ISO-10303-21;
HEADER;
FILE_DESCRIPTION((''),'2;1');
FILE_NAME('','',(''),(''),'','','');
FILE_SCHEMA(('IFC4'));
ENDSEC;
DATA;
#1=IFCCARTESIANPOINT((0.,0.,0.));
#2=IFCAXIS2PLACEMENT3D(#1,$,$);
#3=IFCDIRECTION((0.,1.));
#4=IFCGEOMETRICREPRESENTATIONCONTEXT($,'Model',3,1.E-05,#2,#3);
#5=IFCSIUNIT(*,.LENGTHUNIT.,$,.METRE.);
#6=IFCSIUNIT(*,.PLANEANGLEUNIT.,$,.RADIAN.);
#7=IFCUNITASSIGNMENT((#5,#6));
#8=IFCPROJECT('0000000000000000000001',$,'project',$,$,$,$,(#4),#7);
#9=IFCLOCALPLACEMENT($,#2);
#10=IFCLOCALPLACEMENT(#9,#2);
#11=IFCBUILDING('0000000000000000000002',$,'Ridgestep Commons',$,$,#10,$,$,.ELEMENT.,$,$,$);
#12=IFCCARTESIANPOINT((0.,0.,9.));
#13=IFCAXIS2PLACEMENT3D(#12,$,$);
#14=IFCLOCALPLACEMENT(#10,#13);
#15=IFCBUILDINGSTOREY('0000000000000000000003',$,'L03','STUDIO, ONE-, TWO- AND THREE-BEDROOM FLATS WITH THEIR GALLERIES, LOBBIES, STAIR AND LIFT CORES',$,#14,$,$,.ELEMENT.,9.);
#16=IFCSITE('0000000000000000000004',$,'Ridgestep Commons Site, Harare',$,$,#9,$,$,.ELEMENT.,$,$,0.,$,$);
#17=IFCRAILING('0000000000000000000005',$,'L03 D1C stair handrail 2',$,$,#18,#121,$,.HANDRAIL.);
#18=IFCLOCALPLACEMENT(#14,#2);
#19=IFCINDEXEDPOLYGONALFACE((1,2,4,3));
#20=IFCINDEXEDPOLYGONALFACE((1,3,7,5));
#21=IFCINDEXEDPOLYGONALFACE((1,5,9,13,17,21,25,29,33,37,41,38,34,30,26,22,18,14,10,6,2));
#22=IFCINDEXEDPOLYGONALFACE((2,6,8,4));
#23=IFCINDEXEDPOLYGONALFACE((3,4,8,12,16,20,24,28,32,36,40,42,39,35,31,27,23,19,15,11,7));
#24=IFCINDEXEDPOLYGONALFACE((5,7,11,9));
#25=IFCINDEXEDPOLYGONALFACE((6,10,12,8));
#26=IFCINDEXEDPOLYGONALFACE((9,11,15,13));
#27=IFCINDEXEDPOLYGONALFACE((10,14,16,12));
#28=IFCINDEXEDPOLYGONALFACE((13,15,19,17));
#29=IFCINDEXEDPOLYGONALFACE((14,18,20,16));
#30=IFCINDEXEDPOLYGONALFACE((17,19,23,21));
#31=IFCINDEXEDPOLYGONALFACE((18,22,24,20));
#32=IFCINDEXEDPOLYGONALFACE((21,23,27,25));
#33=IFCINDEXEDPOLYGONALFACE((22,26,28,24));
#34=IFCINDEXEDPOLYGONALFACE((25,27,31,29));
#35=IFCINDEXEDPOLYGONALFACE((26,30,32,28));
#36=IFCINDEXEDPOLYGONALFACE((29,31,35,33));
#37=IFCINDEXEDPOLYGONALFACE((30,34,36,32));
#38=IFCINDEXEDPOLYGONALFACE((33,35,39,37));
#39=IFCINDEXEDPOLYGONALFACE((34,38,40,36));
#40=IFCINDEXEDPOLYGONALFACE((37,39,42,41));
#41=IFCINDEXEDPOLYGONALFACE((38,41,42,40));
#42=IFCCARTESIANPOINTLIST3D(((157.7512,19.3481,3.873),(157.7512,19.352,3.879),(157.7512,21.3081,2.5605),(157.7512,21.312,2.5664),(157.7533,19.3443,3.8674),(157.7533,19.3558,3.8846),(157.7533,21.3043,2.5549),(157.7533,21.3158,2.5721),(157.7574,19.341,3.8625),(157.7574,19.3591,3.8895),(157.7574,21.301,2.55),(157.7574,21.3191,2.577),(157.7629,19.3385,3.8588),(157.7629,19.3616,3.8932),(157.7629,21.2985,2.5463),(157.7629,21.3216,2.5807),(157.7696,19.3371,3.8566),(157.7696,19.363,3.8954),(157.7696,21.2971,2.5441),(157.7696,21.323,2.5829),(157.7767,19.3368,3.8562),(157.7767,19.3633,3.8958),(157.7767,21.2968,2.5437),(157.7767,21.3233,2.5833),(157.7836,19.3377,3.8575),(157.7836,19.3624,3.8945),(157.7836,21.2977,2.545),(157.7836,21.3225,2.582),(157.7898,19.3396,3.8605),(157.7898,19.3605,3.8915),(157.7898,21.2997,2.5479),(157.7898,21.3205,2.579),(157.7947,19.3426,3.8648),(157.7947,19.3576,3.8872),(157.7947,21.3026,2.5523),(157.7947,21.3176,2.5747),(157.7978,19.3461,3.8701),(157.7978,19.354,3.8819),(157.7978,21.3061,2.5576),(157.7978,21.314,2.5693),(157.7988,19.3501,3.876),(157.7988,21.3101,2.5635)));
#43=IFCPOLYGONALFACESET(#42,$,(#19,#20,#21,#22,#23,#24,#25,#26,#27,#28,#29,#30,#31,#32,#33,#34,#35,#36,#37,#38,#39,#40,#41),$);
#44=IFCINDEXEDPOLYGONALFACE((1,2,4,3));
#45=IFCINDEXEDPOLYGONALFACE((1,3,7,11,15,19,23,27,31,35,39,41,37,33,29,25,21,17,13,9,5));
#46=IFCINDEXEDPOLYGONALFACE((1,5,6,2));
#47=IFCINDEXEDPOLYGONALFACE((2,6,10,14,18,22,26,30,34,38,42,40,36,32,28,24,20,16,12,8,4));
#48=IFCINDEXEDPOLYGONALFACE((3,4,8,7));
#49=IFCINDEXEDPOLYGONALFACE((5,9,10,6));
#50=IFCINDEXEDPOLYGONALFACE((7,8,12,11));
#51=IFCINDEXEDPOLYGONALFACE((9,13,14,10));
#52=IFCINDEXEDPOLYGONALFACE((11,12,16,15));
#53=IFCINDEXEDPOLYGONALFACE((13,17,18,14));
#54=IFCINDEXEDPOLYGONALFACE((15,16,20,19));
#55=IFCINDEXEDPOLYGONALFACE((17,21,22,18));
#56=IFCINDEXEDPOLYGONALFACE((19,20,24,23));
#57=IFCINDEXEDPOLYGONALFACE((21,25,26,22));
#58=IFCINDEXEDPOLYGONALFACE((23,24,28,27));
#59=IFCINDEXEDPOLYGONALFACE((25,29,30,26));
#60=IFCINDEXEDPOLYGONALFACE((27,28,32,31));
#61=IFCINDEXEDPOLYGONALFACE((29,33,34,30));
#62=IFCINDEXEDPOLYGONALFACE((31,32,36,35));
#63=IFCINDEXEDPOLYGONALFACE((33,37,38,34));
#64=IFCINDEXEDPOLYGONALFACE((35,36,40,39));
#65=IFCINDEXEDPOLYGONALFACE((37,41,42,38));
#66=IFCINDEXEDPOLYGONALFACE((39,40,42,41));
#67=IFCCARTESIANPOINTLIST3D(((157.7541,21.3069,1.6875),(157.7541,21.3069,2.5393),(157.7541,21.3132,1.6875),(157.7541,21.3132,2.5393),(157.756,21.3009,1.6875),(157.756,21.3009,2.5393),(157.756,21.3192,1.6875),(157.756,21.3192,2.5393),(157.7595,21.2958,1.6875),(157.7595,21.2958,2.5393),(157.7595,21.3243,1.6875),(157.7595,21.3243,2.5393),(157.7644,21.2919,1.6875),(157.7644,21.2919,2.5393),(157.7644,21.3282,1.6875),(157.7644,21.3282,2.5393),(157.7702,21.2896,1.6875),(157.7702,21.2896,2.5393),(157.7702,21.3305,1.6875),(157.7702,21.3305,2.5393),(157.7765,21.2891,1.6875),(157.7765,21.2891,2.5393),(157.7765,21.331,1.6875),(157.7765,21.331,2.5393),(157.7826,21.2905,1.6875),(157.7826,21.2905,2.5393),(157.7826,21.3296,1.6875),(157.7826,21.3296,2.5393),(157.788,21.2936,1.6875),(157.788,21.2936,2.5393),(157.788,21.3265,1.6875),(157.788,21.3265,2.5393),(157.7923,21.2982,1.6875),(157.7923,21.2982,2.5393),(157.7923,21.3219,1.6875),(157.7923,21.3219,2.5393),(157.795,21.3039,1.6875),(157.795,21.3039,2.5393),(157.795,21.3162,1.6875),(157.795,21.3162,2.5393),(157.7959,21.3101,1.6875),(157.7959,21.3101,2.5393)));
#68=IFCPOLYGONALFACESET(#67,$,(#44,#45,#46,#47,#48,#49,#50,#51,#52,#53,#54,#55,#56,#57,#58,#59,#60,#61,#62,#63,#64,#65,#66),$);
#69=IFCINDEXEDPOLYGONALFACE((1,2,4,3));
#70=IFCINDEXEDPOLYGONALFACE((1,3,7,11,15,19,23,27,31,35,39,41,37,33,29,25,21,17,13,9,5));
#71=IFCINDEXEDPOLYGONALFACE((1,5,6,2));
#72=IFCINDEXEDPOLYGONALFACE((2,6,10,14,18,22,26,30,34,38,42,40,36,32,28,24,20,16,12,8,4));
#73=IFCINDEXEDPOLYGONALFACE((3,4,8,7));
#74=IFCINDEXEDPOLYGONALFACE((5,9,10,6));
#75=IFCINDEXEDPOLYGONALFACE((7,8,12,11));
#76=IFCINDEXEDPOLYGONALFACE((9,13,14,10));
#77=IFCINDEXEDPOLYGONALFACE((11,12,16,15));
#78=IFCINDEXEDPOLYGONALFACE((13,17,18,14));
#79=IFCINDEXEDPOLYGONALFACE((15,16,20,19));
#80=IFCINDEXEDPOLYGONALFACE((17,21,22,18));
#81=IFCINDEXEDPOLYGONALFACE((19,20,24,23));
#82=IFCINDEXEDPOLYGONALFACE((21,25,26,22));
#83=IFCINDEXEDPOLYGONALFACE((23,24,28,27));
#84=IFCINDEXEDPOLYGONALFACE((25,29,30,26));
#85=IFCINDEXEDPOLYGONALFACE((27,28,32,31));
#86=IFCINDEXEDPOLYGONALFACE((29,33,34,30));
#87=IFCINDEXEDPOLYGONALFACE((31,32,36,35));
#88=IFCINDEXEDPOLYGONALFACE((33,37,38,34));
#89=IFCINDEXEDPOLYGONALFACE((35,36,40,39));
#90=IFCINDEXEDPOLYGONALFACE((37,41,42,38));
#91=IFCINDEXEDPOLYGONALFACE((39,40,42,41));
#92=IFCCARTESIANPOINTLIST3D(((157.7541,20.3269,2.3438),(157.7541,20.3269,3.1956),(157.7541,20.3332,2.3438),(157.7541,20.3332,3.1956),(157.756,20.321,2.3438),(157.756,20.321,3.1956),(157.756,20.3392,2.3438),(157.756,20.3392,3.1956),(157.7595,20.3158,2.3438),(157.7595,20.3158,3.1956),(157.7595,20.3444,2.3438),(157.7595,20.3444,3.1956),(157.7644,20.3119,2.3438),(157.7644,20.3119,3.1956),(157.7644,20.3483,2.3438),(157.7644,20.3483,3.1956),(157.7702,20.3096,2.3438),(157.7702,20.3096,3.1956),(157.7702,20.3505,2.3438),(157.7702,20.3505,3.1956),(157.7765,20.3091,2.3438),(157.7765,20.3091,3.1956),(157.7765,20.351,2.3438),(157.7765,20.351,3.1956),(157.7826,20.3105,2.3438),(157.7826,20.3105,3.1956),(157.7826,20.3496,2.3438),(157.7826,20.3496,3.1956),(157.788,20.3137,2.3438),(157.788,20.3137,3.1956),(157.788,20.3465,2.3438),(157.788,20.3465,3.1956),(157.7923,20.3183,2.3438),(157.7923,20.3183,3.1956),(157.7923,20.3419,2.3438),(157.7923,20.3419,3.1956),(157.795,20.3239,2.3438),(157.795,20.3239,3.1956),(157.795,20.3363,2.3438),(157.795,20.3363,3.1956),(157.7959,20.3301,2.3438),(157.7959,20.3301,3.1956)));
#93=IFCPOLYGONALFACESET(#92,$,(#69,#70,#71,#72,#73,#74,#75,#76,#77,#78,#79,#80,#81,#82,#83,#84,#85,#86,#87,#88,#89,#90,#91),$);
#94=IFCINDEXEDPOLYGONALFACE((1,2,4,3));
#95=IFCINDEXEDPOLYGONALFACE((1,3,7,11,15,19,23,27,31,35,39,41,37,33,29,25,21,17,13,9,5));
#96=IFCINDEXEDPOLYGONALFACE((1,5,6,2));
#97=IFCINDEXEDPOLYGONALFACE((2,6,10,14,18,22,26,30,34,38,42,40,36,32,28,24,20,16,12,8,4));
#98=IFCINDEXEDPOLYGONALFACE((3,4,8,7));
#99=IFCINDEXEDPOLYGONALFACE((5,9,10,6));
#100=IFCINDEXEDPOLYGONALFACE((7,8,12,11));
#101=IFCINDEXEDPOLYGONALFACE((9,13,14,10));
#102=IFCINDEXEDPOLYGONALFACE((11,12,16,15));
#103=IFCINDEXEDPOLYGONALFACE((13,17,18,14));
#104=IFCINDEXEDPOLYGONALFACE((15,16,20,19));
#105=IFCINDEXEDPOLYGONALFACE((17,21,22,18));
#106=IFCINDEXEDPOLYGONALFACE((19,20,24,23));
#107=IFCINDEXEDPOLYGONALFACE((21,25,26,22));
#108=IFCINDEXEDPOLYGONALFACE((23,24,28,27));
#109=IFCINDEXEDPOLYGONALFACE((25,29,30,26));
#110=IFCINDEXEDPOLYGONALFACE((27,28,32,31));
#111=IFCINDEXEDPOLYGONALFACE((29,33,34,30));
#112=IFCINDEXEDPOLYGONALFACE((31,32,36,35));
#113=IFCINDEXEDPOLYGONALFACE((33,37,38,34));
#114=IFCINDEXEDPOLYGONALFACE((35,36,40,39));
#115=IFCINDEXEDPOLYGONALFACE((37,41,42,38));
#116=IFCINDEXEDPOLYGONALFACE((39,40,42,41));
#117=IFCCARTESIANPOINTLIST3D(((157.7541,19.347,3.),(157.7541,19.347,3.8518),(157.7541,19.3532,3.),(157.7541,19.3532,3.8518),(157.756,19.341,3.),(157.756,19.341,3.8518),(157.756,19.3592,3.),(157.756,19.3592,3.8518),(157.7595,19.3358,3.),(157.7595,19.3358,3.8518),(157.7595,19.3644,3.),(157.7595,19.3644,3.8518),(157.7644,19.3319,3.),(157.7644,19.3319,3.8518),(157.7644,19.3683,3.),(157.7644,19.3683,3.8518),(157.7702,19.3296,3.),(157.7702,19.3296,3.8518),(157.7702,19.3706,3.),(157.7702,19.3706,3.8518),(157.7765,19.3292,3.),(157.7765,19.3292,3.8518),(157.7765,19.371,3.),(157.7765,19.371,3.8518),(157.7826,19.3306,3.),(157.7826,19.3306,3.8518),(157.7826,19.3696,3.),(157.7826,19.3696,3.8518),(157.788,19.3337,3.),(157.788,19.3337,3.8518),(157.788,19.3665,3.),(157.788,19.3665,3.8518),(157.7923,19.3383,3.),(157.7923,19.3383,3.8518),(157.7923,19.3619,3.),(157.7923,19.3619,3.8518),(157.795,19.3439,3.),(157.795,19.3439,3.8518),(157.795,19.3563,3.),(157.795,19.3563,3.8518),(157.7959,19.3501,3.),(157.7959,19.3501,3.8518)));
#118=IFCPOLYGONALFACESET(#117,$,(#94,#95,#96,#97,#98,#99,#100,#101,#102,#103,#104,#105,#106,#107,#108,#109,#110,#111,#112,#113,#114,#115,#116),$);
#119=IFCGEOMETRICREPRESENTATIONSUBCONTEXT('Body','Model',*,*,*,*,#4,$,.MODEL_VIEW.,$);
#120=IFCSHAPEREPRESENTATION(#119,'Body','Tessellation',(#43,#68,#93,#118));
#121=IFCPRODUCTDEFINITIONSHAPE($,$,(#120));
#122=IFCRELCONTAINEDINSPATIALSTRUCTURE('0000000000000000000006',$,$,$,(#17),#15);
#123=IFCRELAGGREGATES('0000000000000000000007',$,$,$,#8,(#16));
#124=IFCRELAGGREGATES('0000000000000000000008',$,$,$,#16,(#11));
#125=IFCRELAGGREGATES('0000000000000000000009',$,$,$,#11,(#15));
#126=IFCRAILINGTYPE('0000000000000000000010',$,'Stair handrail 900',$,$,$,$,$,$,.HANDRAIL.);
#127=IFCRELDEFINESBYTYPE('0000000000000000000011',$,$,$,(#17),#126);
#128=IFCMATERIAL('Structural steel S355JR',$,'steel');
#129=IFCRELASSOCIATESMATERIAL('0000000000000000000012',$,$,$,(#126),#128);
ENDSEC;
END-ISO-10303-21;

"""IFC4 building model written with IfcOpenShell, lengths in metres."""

from ifc_helpers import new_model, si_unit, direction, frame, origin, origin_2d, place, context, subcontext, project, spatial, circle, extrude, material, type_object, element, save


model = new_model("IFC4")

# Units and contexts
model_context = context("Model", 3, precision=1e-05, world=origin(), true_north=direction((0.0, 1.0)))
body_context = subcontext(model_context, "Body", "Model", "MODEL_VIEW")
ifc_project = project(units=[si_unit("LENGTHUNIT", "METRE"), si_unit("PLANEANGLEUNIT", "RADIAN")], contexts=[model_context])

# Site, building, storey
site_placement = place(None, origin())
site = spatial("IfcSite", under=ifc_project, at=site_placement, Name="Ridgestep Commons Site, Harare", CompositionType="ELEMENT", RefElevation=0.0)
building_placement = place(site_placement, origin())
building = spatial("IfcBuilding", under=site, at=building_placement, Name="Ridgestep Commons", CompositionType="ELEMENT")
storey_placement = place(building_placement, frame((0.0, 0.0, 9.0)))
storey = spatial("IfcBuildingStorey", under=building, at=storey_placement, Name="L03", Description="STUDIO, ONE-, TWO- AND THREE-BEDROOM FLATS WITH THEIR GALLERIES, LOBBIES, STAIR AND LIFT CORES", CompositionType="ELEMENT", Elevation=9.0)

# Railing
ifc_material_1 = material(Name="Structural steel S355JR", Category="steel")
railing_type_1 = type_object("IfcRailingType", Name="Stair handrail 900", PredefinedType="HANDRAIL", material=ifc_material_1)
railing_1_placement = place(storey_placement, frame((157.7749, 21.3101, 1.6875)))
element("IfcRailing", 1, at=railing_1_placement, inside=storey, type_object=railing_type_1, Name="L03 D1C stair handrail 2", PredefinedType="HANDRAIL", context=body_context, shape_type="SweptSolid", body=[
    extrude(circle(Radius=0.0239, at=origin_2d()), frame((0.0, 0.0, 0.876), z_axis=(0.0, -0.830902, 0.556419), x_axis=(1.0, 0.0, 0.0)), (0.0, 0.0, 1.0), 2.3589),
    extrude(circle(Radius=0.021, at=origin_2d()), origin(), (0.0, 0.0, 1.0), 0.8518),
    extrude(circle(Radius=0.021, at=origin_2d()), frame((0.0, -0.98, 0.6562)), (0.0, 0.0, 1.0), 0.8518),
    extrude(circle(Radius=0.021, at=origin_2d()), frame((0.0, -1.96, 1.3125)), (0.0, 0.0, 1.0), 0.8518),
])

save(model, "model.ifc")
